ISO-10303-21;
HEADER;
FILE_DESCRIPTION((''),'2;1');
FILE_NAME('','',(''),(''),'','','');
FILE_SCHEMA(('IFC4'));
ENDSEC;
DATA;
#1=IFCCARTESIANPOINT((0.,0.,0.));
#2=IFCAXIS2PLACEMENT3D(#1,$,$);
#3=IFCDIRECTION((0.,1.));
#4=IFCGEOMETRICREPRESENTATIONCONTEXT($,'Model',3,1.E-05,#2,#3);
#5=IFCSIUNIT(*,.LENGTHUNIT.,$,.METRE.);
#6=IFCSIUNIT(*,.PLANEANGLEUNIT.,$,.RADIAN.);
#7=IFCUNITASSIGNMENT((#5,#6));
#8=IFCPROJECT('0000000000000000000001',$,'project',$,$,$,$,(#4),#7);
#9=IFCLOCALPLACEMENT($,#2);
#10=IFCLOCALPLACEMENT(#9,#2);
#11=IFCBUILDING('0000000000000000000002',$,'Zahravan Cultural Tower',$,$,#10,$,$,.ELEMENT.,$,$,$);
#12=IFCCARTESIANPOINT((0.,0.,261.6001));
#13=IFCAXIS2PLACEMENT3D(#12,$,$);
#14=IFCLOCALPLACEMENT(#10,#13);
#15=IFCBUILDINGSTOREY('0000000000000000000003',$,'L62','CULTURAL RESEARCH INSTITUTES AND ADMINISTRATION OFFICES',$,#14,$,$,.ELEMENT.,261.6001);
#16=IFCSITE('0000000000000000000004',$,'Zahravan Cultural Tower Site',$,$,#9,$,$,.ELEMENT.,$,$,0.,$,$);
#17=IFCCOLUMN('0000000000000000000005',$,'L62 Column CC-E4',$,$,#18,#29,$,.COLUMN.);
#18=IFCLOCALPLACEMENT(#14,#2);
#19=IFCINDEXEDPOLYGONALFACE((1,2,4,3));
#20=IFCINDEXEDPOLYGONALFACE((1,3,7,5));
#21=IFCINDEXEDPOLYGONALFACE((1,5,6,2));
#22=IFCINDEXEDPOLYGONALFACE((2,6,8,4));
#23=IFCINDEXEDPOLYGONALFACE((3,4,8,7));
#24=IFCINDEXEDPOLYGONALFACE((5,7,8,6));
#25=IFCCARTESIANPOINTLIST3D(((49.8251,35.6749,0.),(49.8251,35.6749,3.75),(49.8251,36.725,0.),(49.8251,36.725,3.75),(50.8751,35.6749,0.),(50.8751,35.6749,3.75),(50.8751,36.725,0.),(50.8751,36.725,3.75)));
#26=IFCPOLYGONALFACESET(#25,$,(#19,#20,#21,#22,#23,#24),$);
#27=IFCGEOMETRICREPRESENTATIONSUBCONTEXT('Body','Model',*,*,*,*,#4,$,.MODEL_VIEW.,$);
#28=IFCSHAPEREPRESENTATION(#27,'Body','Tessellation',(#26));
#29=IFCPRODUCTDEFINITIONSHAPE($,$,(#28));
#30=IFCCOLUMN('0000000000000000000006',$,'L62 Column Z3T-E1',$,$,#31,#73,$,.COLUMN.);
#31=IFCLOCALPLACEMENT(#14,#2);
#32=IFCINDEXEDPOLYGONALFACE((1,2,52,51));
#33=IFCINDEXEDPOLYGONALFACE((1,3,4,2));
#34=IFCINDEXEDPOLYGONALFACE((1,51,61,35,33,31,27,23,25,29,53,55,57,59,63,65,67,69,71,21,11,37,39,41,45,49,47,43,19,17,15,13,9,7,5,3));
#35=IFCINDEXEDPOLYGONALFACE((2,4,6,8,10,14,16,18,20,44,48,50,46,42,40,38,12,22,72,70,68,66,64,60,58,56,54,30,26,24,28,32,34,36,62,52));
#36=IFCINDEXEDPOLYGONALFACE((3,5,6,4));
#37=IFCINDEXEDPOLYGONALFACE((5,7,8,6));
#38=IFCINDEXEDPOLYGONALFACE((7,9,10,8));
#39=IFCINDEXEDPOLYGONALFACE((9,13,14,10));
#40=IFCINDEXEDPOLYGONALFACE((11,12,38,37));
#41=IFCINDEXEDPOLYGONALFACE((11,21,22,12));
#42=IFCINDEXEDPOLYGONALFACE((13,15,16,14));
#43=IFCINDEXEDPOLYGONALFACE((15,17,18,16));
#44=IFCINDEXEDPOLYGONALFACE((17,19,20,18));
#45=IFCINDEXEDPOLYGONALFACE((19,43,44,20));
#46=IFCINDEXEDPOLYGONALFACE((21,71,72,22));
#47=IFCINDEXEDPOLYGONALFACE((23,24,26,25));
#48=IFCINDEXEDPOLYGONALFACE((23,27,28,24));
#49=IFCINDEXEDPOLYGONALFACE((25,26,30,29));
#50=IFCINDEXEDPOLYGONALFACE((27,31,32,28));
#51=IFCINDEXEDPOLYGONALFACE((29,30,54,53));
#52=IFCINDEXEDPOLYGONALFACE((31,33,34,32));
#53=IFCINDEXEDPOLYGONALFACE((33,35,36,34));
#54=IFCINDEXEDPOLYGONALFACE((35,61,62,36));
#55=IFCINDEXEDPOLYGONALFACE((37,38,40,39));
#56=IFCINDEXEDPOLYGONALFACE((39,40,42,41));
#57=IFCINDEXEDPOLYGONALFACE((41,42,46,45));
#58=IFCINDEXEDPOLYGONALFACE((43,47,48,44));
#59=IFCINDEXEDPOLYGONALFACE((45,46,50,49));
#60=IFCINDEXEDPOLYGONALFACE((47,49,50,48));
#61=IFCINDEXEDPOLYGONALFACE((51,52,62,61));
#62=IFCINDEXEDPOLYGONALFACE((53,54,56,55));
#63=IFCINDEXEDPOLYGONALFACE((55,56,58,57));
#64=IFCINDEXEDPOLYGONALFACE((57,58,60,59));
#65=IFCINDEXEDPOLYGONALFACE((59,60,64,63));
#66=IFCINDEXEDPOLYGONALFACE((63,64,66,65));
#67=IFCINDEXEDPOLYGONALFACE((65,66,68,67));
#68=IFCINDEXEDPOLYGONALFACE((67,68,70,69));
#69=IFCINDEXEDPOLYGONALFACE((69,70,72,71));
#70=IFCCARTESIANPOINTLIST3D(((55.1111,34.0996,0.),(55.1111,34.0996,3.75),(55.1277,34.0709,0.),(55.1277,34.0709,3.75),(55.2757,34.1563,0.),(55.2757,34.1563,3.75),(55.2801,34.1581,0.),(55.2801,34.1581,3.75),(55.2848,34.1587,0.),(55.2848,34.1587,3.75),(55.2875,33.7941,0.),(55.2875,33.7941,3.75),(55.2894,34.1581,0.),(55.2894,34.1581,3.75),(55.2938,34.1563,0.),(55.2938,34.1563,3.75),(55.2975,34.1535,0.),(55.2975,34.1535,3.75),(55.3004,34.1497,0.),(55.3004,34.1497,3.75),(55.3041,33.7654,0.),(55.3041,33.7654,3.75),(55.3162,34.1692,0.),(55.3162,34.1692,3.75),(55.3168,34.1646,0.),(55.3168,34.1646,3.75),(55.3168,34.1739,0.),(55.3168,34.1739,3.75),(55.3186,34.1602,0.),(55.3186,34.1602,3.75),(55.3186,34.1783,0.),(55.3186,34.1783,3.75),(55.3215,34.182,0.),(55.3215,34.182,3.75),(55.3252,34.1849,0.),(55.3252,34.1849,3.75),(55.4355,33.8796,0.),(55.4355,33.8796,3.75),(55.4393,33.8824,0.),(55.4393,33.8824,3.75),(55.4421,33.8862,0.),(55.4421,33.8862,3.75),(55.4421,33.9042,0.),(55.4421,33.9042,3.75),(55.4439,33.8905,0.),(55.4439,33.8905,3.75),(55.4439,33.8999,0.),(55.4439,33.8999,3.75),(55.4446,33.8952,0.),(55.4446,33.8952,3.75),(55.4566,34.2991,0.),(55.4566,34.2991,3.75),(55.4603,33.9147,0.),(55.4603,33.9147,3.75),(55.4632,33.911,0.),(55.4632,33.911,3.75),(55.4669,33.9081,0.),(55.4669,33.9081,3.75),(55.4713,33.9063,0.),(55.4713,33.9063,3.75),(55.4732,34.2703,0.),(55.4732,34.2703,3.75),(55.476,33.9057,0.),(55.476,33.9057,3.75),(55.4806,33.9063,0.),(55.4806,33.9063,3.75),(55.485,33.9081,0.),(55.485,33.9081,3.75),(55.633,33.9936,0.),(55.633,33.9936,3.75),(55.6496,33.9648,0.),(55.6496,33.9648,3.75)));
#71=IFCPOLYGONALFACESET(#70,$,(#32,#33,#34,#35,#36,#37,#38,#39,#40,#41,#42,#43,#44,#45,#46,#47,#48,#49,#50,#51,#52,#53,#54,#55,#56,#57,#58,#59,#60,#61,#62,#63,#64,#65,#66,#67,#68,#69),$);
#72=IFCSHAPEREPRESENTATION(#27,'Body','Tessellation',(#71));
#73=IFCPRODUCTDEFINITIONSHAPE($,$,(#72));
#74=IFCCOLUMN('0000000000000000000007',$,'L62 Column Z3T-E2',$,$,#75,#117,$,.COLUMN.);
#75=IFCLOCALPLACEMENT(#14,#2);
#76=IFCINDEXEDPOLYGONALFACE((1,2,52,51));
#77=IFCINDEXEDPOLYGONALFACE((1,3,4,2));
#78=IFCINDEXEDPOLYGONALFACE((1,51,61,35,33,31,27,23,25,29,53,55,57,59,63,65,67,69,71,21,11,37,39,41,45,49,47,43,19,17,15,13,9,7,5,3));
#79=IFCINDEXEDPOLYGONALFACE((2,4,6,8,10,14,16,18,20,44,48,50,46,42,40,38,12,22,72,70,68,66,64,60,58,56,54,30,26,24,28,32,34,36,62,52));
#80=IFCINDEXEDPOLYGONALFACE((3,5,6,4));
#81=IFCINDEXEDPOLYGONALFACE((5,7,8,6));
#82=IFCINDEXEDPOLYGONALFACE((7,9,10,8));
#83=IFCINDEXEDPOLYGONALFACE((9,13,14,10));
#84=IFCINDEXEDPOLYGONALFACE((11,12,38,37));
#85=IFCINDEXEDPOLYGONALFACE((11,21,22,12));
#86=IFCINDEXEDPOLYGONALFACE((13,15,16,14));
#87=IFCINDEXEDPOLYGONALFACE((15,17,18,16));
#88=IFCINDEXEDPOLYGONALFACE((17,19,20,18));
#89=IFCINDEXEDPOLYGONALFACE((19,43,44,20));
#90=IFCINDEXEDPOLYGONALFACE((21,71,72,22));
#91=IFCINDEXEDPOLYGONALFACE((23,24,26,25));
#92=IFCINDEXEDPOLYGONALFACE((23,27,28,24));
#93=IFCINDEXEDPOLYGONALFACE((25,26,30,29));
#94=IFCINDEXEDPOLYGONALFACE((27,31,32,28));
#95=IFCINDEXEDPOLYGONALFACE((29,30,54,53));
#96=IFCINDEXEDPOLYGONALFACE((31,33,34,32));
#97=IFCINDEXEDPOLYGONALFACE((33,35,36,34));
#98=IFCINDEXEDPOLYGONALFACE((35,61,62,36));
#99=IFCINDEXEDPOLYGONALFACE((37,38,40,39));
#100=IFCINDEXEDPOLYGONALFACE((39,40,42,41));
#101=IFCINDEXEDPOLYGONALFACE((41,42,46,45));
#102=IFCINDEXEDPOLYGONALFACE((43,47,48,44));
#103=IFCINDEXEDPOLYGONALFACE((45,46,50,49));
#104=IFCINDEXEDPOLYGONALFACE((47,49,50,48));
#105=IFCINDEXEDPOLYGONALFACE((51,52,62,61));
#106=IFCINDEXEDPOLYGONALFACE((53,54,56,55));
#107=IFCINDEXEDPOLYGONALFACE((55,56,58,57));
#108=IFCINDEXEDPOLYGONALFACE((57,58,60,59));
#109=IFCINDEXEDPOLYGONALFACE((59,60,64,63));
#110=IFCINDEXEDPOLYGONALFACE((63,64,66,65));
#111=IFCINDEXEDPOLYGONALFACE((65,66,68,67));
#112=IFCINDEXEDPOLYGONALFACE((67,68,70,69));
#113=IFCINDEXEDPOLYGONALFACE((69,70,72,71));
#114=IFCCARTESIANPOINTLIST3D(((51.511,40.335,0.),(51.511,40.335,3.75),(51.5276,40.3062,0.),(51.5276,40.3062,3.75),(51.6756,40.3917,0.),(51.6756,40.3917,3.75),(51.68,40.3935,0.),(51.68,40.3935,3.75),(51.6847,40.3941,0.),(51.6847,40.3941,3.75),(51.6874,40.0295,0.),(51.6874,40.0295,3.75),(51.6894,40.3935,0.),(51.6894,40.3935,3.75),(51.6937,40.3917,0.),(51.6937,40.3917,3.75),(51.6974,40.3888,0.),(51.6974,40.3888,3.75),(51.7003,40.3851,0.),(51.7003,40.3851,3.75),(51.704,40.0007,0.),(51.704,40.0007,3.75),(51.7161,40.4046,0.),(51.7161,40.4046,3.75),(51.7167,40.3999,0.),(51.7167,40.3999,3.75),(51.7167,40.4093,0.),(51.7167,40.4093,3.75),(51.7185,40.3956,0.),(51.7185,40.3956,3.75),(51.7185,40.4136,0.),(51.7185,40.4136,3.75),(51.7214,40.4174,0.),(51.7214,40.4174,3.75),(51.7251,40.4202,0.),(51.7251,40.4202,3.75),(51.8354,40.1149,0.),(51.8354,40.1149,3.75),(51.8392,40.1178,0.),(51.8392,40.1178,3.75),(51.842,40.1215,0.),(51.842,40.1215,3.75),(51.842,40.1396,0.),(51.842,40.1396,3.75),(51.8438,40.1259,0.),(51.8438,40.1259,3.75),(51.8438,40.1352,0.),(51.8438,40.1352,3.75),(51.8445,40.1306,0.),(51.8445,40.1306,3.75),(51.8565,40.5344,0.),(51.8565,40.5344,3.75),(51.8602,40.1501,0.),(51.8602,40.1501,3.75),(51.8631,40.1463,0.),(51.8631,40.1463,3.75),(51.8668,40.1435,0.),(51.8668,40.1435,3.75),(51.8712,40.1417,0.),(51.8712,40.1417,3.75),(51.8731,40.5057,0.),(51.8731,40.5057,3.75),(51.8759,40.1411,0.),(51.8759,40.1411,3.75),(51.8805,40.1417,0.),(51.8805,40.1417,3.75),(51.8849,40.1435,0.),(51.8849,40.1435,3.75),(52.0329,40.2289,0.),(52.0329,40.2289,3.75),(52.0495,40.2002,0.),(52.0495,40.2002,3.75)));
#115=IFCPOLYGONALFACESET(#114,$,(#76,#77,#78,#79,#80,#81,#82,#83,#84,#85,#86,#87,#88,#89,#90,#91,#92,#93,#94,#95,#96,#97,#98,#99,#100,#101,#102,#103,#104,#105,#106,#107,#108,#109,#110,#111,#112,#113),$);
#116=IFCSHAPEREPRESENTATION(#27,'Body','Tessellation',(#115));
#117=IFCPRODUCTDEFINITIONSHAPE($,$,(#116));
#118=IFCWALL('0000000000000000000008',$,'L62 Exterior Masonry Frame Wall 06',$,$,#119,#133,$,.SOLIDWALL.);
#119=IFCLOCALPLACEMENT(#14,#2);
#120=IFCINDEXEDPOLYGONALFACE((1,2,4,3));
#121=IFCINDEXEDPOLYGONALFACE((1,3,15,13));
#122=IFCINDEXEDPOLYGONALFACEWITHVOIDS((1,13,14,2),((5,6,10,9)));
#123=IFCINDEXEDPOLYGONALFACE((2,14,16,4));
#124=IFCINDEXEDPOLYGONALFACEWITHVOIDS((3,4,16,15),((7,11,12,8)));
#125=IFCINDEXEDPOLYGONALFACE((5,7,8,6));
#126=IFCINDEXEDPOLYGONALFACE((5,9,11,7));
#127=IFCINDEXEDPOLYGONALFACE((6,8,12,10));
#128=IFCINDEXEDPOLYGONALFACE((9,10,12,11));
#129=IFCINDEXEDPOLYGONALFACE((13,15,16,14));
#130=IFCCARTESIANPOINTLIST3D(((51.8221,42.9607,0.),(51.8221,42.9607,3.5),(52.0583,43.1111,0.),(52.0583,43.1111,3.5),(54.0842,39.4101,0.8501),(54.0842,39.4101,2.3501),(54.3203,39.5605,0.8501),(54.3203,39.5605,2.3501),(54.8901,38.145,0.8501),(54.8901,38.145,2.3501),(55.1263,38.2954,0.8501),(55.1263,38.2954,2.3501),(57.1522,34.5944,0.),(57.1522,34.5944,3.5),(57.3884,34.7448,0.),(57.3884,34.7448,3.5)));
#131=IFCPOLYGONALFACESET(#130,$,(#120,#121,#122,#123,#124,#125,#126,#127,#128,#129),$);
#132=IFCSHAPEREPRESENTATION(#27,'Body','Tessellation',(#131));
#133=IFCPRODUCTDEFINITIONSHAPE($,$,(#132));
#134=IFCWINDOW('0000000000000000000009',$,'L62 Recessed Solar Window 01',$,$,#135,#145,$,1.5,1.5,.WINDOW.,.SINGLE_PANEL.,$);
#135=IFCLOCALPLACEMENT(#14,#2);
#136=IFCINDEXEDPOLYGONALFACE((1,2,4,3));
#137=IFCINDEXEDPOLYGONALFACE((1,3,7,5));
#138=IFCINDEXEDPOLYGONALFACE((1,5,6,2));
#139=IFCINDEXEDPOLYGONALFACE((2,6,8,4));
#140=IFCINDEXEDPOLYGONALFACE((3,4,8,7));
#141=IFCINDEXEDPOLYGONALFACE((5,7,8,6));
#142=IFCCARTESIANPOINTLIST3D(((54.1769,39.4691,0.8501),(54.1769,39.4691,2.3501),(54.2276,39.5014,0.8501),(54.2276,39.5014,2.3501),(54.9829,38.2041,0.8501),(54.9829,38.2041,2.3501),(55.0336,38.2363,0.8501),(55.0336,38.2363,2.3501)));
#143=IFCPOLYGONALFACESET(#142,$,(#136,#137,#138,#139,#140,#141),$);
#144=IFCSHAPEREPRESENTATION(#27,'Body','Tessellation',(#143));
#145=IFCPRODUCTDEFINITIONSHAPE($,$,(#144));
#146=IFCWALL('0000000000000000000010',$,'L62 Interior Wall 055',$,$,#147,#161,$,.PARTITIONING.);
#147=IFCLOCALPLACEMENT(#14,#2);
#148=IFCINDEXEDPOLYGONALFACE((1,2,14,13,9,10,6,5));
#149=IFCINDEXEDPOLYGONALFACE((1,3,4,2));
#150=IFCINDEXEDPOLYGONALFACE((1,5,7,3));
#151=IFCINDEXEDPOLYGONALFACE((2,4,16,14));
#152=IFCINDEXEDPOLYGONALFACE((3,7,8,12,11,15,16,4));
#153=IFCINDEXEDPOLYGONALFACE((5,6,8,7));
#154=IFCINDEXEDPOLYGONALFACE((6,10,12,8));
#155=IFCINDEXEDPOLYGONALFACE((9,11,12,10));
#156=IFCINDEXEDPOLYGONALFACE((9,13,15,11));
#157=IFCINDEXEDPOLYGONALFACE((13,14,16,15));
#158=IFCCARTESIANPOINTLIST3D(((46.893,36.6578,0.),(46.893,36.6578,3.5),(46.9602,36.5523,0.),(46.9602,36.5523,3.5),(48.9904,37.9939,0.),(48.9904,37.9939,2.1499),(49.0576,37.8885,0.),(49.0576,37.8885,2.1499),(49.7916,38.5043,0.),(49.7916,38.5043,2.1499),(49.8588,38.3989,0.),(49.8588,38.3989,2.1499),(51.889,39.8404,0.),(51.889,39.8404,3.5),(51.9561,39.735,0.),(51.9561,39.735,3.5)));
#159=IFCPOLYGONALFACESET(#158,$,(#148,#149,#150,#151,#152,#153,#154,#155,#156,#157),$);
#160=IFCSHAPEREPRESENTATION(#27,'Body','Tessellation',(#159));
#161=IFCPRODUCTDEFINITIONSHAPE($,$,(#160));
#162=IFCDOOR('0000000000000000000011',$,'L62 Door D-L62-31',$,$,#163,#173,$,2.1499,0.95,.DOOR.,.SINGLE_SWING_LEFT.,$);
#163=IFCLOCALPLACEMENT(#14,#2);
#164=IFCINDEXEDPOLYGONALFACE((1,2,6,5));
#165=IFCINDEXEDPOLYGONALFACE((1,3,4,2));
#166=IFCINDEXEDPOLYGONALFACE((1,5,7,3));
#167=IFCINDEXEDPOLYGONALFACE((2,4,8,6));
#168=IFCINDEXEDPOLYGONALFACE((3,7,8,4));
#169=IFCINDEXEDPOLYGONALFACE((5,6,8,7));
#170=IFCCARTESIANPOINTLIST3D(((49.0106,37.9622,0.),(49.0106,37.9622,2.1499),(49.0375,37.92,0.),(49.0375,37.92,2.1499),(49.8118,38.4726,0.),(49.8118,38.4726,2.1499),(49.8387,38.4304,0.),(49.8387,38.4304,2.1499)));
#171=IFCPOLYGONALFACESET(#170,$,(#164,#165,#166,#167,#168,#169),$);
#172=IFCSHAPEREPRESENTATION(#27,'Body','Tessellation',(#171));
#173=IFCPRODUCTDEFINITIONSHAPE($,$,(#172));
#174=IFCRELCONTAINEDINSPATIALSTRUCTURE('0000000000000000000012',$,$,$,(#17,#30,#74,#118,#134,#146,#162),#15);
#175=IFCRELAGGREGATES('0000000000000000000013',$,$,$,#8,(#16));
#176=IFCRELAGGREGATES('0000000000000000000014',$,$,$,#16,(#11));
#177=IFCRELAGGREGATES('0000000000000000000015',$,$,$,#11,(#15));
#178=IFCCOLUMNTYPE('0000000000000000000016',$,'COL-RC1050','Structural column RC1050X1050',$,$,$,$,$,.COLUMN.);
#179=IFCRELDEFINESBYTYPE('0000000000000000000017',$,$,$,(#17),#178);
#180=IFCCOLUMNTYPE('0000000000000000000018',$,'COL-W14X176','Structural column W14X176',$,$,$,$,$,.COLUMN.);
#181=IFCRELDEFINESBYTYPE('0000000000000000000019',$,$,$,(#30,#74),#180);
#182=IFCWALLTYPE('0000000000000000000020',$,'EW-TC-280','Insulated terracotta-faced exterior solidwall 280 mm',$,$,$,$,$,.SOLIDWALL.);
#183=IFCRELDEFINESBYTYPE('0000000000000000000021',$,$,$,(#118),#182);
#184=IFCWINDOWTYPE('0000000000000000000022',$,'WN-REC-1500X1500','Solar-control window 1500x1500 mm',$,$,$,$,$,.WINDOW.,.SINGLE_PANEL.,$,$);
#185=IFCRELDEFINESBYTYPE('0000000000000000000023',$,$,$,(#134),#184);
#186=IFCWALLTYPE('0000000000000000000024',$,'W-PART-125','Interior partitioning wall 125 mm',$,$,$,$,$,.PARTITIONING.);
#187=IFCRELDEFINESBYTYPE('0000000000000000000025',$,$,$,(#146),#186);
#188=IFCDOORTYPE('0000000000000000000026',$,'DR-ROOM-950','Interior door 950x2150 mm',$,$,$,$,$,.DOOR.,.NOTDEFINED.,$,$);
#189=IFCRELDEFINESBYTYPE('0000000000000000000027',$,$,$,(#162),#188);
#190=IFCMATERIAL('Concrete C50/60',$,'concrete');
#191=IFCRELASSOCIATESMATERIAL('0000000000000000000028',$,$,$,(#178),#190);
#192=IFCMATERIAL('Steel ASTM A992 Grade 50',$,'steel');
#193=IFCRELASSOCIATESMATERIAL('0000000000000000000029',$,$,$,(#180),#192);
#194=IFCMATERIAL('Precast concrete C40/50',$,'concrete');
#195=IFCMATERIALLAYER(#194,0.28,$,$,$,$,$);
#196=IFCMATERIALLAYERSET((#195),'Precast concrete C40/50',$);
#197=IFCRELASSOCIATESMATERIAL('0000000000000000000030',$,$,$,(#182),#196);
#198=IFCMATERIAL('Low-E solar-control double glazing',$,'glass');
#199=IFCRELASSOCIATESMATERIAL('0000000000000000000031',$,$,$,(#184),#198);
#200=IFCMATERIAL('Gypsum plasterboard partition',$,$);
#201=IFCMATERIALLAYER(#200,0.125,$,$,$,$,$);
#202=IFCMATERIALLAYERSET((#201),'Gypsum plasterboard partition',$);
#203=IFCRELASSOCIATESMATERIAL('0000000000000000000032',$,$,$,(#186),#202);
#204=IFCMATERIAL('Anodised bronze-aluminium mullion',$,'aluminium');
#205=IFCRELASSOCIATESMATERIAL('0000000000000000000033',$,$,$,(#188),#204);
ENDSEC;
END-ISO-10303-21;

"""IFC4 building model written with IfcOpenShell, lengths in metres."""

from ifc_helpers import new_model, si_unit, direction, frame, frame_2d, origin, origin_2d, place, context, subcontext, project, spatial, rectangle, i_section, extrude, source, transform, mapped, material, layer, layer_set, material_profile, profile_set, type_object, element, fill, save


model = new_model("IFC4")

# Units and contexts
model_context = context("Model", 3, precision=1e-05, world=origin(), true_north=direction((0.0, 1.0)))
body_context = subcontext(model_context, "Body", "Model", "MODEL_VIEW")
ifc_project = project(units=[si_unit("LENGTHUNIT", "METRE"), si_unit("PLANEANGLEUNIT", "RADIAN")], contexts=[model_context])

# Site, building, storey
site_placement = place(None, origin())
site = spatial("IfcSite", under=ifc_project, at=site_placement, Name="Zahravan Cultural Tower Site", CompositionType="ELEMENT", RefElevation=0.0)
building_placement = place(site_placement, origin())
building = spatial("IfcBuilding", under=site, at=building_placement, Name="Zahravan Cultural Tower", CompositionType="ELEMENT")
storey_placement = place(building_placement, frame((0.0, 0.0, 261.6001)))
storey = spatial("IfcBuildingStorey", under=building, at=storey_placement, Name="L62", Description="CULTURAL RESEARCH INSTITUTES AND ADMINISTRATION OFFICES", CompositionType="ELEMENT", Elevation=261.6001)

# Columns
ifc_material_1 = material(Name="Concrete C50/60", Category="concrete")
ifc_material_profile_1 = material_profile(ifc_material_1, rectangle(XDim=1.05, YDim=1.05, at=origin_2d()), Name="RC1050X1050")
ifc_profile_set_1 = profile_set([ifc_material_profile_1], Name="Concrete C50/60")
column_type_1 = type_object("IfcColumnType", Name="COL-RC1050", Description="Structural column RC1050X1050", PredefinedType="COLUMN", material=ifc_profile_set_1)
shared_shape_1 = source(origin(), body_context, "Body", "SweptSolid", [
    extrude(rectangle(XDim=1.05, YDim=1.05, at=origin_2d()), origin(), (0.0, 0.0, 1.0), 3.75),
])
column_placement = place(storey_placement, frame((50.3501, 36.2, 0.0), z_axis=(0.0, 0.0, 1.0), x_axis=(1.0, 0.0, 0.0)))
element("IfcColumn", 1, at=column_placement, inside=storey, type_object=column_type_1, Name="L62 Column CC-E4", PredefinedType="COLUMN", context=body_context, shape_type="MappedRepresentation", body=[
    mapped(shared_shape_1, transform((0.0, 0.0, 0.0), x_axis=(1.0, 0.0, 0.0), y_axis=(0.0, 1.0, 0.0), z_axis=(0.0, 0.0, 1.0), scale=1.0)),
])
ifc_material_2 = material(Name="Steel ASTM A992 Grade 50", Category="steel")
ifc_material_profile_2 = material_profile(ifc_material_2, i_section(OverallWidth=0.3989, OverallDepth=0.386, WebThickness=0.021, FlangeThickness=0.0332, FilletRadius=0.0181, at=origin_2d()), Name="W14X176")
ifc_profile_set_2 = profile_set([ifc_material_profile_2], Name="Steel ASTM A992 Grade 50")
column_type_2 = type_object("IfcColumnType", Name="COL-W14X176", Description="Structural column W14X176", PredefinedType="COLUMN", material=ifc_profile_set_2)
shared_shape_2 = source(origin(), body_context, "Body", "SweptSolid", [
    extrude(i_section(OverallWidth=0.3989, OverallDepth=0.386, WebThickness=0.021, FlangeThickness=0.0332, FilletRadius=0.0181, at=origin_2d()), origin(), (0.0, 0.0, 1.0), 3.75),
])
for number, where, z_axis, x_axis, name in (
    (2, (55.3804, 34.0322, 0.0), (0.0, 0.0, 1.0), (0.866025, 0.5, 0.0), "L62 Column Z3T-E1"),
    (3, (51.7803, 40.2676, 0.0), (0.0, 0.0, 1.0), (0.866025, 0.5, 0.0), "L62 Column Z3T-E2"),
):
    element("IfcColumn", number, at=place(storey_placement, frame(where, z_axis=z_axis, x_axis=x_axis)), inside=storey, type_object=column_type_2, Name=name, PredefinedType="COLUMN", context=body_context, shape_type="MappedRepresentation", body=[
        mapped(shared_shape_2, transform((0.0, 0.0, 0.0), x_axis=(1.0, 0.0, 0.0), y_axis=(0.0, 1.0, 0.0), z_axis=(0.0, 0.0, 1.0), scale=1.0)),
    ])

# Wall, opening, window
ifc_material_3 = material(Name="Precast concrete C40/50", Category="concrete")
ifc_layer_1 = layer(ifc_material_3, 0.28)
ifc_layer_set_1 = layer_set([ifc_layer_1], Name="Precast concrete C40/50")
wall_type_1 = type_object("IfcWallType", Name="EW-TC-280", Description="Insulated terracotta-faced exterior solidwall 280 mm", PredefinedType="SOLIDWALL", material=ifc_layer_set_1)
wall_1_placement = place(storey_placement, frame((51.9402, 43.0359, 0.0), z_axis=(0.0, 0.0, 1.0), x_axis=(0.537315, -0.843382, 0.0)))
wall_1 = element("IfcWall", 4, at=wall_1_placement, inside=storey, type_object=wall_type_1, Name="L62 Exterior Masonry Frame Wall 06", PredefinedType="SOLIDWALL", context=body_context, shape_type="SweptSolid", body=[
    extrude(rectangle(XDim=9.9199, YDim=0.28, at=frame_2d((4.96, 0.0))), origin(), (0.0, 0.0, 1.0), 3.5),
])
opening_1_placement = place(wall_1_placement, frame((4.21, 0.0, 0.8501)))
opening_1 = element("IfcOpeningElement", 5, at=opening_1_placement, cuts=wall_1, PredefinedType="OPENING", context=body_context, shape_type="SweptSolid", body=[
    extrude(rectangle(XDim=1.5, YDim=1.5, at=frame_2d((0.75, 0.75))), frame((0.0, 0.1499, 0.0), z_axis=(0.0, -1.0, 0.0), x_axis=(1.0, 0.0, 0.0)), (0.0, 0.0, 1.0), 0.3),
])
ifc_material_4 = material(Name="Low-E solar-control double glazing", Category="glass")
window_type = type_object("IfcWindowType", Name="WN-REC-1500X1500", Description="Solar-control window 1500x1500 mm", PartitioningType="SINGLE_PANEL", PredefinedType="WINDOW", material=ifc_material_4)
shared_shape_3 = source(origin(), body_context, "Body", "SweptSolid", [
    extrude(rectangle(XDim=1.5, YDim=1.5, at=frame_2d((0.75, 0.75))), frame((0.0, 0.03, 0.0), z_axis=(0.0, -1.0, 0.0), x_axis=(1.0, 0.0, 0.0)), (0.0, 0.0, 1.0), 0.0601),
])
window_placement = place(opening_1_placement, origin())
window = element("IfcWindow", 6, at=window_placement, inside=storey, type_object=window_type, Name="L62 Recessed Solar Window 01", OverallHeight=1.5, OverallWidth=1.5, PartitioningType="SINGLE_PANEL", PredefinedType="WINDOW", context=body_context, shape_type="MappedRepresentation", body=[
    mapped(shared_shape_3, transform((0.0, 0.0, 0.0), x_axis=(1.0, 0.0, 0.0), y_axis=(0.0, 1.0, 0.0), z_axis=(0.0, 0.0, 1.0), scale=1.0)),
])
fill(opening_1, window)

# Wall, opening, door
ifc_material_5 = material(Name="Gypsum plasterboard partition")
ifc_layer_2 = layer(ifc_material_5, 0.125)
ifc_layer_set_2 = layer_set([ifc_layer_2], Name="Gypsum plasterboard partition")
wall_type_2 = type_object("IfcWallType", Name="W-PART-125", Description="Interior partitioning wall 125 mm", PredefinedType="PARTITIONING", material=ifc_layer_set_2)
wall_2_placement = place(storey_placement, frame((46.9265, 36.605, 0.0), z_axis=(0.0, 0.0, 1.0), x_axis=(0.843398, 0.537289, 0.0)))
wall_2 = element("IfcWall", 7, at=wall_2_placement, inside=storey, type_object=wall_type_2, Name="L62 Interior Wall 055", PredefinedType="PARTITIONING", context=body_context, shape_type="SweptSolid", body=[
    extrude(rectangle(XDim=5.9236, YDim=0.125, at=frame_2d((2.9619, 0.0))), origin(), (0.0, 0.0, 1.0), 3.5),
])
opening_2_placement = place(wall_2_placement, frame((2.4868, 0.0, 0.0)))
opening_2 = element("IfcOpeningElement", 8, at=opening_2_placement, cuts=wall_2, PredefinedType="OPENING", context=body_context, shape_type="SweptSolid", body=[
    extrude(rectangle(XDim=0.95, YDim=2.1499, at=frame_2d((0.4751, 1.075))), frame((0.0, 0.0725, 0.0), z_axis=(0.0, -1.0, 0.0), x_axis=(1.0, 0.0, 0.0)), (0.0, 0.0, 1.0), 0.145),
])
ifc_material_6 = material(Name="Anodised bronze-aluminium mullion", Category="aluminium")
door_type = type_object("IfcDoorType", Name="DR-ROOM-950", Description="Interior door 950x2150 mm", OperationType="NOTDEFINED", PredefinedType="DOOR", material=ifc_material_6)
shared_shape_4 = source(origin(), body_context, "Body", "SweptSolid", [
    extrude(rectangle(XDim=0.95, YDim=2.1499, at=frame_2d((0.4751, 1.075))), frame((0.0, 0.0249, 0.0), z_axis=(0.0, -1.0, 0.0), x_axis=(1.0, 0.0, 0.0)), (0.0, 0.0, 1.0), 0.05),
])
door_placement = place(opening_2_placement, origin())
door = element("IfcDoor", 9, at=door_placement, inside=storey, type_object=door_type, Name="L62 Door D-L62-31", OperationType="SINGLE_SWING_LEFT", OverallHeight=2.1499, OverallWidth=0.95, PredefinedType="DOOR", context=body_context, shape_type="MappedRepresentation", body=[
    mapped(shared_shape_4, transform((0.0, 0.0, 0.0), x_axis=(1.0, 0.0, 0.0), y_axis=(0.0, 1.0, 0.0), z_axis=(0.0, 0.0, 1.0), scale=1.0)),
])
fill(opening_2, door)

save(model, "model.ifc")
